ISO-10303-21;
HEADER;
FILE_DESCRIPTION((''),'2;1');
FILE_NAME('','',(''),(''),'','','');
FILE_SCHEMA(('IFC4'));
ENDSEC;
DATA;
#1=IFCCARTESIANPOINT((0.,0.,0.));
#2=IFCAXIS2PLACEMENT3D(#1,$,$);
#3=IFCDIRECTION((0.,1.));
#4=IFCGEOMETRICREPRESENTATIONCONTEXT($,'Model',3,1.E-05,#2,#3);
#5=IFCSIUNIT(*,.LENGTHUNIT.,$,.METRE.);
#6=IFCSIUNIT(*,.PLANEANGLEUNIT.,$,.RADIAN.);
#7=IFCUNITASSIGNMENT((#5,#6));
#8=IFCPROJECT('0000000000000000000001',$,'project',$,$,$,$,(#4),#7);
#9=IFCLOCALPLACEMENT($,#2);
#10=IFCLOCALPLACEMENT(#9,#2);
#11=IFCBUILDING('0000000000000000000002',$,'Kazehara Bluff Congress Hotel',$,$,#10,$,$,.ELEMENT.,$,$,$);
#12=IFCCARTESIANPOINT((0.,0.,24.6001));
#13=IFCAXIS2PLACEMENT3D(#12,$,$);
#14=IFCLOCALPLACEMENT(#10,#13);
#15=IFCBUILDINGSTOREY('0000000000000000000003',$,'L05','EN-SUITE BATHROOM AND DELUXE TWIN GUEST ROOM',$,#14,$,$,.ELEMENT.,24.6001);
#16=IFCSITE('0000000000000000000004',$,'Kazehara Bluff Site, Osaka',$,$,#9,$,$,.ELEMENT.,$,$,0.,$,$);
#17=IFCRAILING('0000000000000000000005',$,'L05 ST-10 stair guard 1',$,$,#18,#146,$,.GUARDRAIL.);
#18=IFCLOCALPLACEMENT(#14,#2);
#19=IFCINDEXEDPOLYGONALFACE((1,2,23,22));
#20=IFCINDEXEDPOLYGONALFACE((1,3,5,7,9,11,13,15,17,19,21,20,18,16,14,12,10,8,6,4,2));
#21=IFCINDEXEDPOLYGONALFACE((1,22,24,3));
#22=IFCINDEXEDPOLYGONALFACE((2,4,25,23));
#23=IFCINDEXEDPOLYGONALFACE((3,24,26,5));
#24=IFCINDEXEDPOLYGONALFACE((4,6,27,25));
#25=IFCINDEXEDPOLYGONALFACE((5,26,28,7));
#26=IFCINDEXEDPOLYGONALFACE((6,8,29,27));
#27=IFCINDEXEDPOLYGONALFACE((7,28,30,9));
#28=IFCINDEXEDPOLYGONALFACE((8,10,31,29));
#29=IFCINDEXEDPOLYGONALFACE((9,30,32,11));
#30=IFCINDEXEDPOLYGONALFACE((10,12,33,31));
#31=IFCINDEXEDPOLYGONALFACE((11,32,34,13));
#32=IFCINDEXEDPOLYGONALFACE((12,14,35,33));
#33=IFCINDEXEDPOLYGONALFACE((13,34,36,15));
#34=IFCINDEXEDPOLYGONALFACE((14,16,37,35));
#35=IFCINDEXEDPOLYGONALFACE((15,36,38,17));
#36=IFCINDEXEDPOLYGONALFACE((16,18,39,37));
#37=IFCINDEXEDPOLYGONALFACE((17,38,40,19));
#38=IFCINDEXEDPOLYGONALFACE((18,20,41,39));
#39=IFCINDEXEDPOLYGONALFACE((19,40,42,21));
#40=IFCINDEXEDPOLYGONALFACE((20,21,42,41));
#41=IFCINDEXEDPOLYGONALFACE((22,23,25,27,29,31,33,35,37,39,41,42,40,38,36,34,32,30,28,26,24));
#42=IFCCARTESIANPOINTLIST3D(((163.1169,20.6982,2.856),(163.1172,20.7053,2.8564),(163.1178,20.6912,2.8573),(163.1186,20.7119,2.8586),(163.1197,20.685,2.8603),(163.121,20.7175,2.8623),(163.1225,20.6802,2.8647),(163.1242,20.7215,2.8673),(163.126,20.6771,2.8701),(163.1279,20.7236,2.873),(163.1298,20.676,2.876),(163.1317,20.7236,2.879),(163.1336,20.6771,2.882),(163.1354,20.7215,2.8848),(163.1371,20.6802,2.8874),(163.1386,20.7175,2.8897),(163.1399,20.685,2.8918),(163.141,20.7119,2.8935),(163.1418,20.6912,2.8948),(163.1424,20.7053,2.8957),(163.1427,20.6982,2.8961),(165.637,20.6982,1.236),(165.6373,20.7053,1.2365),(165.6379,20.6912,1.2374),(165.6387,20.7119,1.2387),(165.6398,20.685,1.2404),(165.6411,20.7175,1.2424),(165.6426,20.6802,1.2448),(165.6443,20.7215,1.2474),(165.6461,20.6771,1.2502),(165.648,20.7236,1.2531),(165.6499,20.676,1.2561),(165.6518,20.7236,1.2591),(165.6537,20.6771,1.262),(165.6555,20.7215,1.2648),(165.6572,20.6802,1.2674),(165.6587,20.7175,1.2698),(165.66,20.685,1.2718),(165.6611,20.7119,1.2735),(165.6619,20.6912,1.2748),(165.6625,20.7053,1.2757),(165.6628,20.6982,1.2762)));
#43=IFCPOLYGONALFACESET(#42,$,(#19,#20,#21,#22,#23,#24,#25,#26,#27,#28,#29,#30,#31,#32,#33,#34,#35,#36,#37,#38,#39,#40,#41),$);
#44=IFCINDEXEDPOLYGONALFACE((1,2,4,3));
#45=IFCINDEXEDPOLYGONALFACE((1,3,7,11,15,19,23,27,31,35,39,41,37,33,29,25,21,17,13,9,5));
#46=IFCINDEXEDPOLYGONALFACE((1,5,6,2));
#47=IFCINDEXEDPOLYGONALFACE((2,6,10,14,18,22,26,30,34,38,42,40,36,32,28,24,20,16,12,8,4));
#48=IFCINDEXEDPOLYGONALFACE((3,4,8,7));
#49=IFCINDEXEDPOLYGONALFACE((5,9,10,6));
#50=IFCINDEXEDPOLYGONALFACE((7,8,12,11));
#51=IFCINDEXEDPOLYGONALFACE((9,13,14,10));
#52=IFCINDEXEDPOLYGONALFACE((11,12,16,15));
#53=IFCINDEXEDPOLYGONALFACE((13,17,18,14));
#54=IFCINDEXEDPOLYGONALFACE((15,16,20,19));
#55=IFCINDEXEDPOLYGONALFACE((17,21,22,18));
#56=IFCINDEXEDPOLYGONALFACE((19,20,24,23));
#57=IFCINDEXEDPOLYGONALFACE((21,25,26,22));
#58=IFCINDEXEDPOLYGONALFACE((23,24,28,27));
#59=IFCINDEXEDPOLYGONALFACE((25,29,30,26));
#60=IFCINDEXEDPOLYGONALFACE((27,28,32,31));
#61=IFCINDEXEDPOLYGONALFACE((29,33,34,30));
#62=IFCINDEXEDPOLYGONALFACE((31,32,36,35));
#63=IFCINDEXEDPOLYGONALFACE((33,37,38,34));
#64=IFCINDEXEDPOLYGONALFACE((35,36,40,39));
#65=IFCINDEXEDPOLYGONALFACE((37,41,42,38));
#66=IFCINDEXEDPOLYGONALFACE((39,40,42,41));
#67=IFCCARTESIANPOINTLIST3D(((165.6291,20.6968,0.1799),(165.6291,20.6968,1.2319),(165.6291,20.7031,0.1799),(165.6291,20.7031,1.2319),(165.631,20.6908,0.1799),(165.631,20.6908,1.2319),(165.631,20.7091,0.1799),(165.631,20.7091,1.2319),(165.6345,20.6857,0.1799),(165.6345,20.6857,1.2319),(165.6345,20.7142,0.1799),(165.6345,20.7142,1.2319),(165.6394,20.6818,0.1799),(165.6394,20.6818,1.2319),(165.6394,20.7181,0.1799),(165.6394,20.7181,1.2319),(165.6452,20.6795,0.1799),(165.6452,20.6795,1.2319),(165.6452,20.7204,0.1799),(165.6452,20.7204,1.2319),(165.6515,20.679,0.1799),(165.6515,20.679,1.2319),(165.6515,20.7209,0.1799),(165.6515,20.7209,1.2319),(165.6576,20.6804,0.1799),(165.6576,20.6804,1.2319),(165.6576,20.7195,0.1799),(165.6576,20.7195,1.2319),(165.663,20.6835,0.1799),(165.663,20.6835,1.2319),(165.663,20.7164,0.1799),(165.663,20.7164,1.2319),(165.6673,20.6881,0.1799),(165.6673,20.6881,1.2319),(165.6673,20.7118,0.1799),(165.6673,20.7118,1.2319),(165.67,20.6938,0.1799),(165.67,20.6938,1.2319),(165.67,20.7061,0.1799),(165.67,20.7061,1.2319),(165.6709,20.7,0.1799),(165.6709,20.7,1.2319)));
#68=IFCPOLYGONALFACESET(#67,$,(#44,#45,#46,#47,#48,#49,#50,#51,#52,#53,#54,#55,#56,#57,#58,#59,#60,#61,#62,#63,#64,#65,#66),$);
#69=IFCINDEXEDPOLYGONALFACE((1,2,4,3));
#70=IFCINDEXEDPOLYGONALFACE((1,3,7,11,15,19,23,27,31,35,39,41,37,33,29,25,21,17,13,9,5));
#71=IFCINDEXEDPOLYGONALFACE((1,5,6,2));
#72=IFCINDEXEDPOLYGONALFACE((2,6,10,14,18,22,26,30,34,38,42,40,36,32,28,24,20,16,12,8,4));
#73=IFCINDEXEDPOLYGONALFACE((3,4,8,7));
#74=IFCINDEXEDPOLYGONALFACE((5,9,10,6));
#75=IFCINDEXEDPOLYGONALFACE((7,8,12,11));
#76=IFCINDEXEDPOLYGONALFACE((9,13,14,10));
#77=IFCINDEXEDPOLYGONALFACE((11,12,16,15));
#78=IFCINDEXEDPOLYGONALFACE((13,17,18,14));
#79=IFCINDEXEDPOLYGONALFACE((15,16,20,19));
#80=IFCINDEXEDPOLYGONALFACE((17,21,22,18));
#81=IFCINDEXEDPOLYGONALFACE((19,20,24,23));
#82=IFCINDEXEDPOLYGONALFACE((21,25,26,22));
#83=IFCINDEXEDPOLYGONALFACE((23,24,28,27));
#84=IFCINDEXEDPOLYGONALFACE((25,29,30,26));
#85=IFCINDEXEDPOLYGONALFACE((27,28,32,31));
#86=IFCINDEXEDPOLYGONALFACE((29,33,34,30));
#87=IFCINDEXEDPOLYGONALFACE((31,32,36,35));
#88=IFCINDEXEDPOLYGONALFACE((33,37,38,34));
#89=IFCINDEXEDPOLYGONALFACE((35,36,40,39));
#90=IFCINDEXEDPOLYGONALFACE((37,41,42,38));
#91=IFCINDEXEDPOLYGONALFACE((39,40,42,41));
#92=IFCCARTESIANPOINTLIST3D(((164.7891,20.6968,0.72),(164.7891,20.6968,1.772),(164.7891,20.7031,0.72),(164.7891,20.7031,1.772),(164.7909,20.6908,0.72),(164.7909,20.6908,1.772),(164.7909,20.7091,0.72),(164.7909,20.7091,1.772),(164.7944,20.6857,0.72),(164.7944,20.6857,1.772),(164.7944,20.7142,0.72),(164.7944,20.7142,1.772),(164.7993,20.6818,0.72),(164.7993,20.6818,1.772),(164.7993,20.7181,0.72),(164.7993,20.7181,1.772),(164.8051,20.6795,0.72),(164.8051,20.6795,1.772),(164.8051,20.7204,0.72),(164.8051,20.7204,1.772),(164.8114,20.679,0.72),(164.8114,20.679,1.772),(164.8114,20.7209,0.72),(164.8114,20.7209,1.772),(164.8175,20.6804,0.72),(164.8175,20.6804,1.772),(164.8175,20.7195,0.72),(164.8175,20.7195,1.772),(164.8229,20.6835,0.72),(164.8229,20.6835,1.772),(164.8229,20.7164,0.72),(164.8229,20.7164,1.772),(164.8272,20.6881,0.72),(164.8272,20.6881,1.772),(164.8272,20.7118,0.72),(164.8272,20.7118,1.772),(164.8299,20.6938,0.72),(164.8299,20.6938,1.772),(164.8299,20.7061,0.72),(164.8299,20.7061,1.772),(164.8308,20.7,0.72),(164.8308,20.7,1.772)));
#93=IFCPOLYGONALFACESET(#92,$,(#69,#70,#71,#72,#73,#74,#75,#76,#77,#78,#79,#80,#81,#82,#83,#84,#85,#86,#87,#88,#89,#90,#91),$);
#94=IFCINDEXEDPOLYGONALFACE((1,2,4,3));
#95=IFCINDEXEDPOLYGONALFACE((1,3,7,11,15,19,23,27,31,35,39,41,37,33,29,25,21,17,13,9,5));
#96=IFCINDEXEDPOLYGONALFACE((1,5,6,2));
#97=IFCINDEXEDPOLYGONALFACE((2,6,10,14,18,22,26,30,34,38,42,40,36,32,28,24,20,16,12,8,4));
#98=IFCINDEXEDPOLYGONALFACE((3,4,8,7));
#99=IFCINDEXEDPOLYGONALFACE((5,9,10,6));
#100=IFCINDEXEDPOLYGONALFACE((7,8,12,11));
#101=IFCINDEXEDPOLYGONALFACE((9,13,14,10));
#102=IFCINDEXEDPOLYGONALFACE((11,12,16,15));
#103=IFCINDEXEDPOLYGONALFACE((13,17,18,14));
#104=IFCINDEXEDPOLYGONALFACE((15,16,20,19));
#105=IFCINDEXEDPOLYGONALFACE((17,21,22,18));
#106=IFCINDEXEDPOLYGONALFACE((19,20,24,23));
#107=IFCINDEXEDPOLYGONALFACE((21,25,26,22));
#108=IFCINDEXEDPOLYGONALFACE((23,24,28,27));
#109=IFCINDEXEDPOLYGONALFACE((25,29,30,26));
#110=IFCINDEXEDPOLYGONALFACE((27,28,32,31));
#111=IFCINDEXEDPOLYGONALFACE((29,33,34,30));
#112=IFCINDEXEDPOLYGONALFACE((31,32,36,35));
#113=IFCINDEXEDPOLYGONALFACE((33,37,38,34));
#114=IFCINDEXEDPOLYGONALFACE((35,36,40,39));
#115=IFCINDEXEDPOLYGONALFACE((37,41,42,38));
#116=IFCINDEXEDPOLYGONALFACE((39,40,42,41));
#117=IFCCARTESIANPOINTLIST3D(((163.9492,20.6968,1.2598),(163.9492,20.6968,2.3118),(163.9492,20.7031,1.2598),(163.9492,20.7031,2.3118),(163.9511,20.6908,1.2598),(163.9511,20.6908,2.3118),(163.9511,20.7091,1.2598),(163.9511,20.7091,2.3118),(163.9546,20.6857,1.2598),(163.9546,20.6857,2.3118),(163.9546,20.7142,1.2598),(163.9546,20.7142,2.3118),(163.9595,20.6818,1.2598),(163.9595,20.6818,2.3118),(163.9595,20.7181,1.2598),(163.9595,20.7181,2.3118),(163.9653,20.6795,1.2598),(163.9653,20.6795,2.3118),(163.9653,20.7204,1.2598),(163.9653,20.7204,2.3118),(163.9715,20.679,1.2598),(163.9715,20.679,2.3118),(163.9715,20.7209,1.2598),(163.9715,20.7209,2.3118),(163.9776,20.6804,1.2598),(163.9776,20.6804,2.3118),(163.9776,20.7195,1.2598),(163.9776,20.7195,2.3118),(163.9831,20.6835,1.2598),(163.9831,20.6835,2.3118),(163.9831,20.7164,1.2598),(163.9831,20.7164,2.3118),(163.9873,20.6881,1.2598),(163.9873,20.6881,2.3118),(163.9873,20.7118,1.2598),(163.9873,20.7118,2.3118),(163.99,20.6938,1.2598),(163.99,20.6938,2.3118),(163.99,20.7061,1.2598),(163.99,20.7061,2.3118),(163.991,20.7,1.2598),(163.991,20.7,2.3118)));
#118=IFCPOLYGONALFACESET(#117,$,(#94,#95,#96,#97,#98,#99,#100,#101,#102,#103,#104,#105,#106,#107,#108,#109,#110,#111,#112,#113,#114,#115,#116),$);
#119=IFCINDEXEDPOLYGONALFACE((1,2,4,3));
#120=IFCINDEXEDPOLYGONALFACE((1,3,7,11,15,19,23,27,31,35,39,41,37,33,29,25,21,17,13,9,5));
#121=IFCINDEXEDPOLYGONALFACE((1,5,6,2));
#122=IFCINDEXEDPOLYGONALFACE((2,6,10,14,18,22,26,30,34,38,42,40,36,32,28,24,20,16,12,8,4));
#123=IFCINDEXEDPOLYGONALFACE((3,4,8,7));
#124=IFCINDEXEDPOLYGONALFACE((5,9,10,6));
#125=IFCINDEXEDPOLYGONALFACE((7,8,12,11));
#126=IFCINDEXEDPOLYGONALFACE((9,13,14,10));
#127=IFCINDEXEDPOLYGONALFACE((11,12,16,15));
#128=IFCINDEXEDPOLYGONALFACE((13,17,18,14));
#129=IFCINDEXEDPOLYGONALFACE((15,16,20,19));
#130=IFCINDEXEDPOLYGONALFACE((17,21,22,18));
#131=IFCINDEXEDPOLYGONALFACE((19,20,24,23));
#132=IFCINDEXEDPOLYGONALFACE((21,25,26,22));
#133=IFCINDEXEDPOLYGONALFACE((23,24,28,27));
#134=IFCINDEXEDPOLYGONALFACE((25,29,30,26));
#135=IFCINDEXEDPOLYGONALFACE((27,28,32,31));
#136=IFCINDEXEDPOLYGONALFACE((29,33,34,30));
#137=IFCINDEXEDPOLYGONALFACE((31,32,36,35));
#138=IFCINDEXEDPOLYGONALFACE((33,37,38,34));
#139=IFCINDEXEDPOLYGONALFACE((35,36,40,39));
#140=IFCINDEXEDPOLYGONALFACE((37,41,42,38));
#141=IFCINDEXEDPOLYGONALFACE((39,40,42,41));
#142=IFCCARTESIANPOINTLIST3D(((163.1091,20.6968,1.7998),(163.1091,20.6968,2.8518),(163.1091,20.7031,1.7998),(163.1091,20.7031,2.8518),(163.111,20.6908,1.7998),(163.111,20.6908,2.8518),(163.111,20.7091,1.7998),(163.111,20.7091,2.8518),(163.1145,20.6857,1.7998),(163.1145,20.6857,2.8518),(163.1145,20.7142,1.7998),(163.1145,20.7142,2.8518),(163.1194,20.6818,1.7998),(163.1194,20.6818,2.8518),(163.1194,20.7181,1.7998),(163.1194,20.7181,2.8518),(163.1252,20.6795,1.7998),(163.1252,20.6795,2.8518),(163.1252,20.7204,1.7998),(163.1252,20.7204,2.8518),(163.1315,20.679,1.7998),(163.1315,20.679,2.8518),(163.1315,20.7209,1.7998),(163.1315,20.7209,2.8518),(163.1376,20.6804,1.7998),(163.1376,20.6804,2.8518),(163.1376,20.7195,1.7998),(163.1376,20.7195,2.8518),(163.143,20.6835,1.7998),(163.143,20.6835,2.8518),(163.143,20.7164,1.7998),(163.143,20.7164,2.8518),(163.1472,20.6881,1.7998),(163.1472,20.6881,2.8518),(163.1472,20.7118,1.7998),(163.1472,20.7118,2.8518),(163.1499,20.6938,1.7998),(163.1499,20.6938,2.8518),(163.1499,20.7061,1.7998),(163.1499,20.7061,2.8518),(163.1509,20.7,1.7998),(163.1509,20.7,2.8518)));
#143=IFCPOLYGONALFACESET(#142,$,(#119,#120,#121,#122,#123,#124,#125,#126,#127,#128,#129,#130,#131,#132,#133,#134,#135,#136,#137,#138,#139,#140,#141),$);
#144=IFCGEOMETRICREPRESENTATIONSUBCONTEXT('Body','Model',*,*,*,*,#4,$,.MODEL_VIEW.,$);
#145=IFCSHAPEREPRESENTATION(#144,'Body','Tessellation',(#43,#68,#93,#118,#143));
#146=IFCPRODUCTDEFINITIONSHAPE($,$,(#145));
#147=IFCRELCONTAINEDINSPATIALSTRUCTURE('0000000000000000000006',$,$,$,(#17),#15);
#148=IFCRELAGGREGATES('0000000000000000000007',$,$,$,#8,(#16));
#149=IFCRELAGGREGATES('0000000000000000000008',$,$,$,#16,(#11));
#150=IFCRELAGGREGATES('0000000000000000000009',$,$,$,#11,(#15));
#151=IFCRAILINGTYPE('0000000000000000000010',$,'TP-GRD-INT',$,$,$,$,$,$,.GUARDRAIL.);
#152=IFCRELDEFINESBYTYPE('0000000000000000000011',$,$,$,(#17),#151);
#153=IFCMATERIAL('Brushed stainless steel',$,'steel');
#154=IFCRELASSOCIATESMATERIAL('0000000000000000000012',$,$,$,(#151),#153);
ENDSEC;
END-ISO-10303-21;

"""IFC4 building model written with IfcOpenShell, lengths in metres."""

from ifc_helpers import new_model, si_unit, direction, frame, origin, origin_2d, place, context, subcontext, project, spatial, circle, extrude, material, type_object, element, save


model = new_model("IFC4")

# Units and contexts
model_context = context("Model", 3, precision=1e-05, world=origin(), true_north=direction((0.0, 1.0)))
body_context = subcontext(model_context, "Body", "Model", "MODEL_VIEW")
ifc_project = project(units=[si_unit("LENGTHUNIT", "METRE"), si_unit("PLANEANGLEUNIT", "RADIAN")], contexts=[model_context])

# Site, building, storey
site_placement = place(None, origin())
site = spatial("IfcSite", under=ifc_project, at=site_placement, Name="Kazehara Bluff Site, Osaka", CompositionType="ELEMENT", RefElevation=0.0)
building_placement = place(site_placement, origin())
building = spatial("IfcBuilding", under=site, at=building_placement, Name="Kazehara Bluff Congress Hotel", CompositionType="ELEMENT")
storey_placement = place(building_placement, frame((0.0, 0.0, 24.6001)))
storey = spatial("IfcBuildingStorey", under=building, at=storey_placement, Name="L05", Description="EN-SUITE BATHROOM AND DELUXE TWIN GUEST ROOM", CompositionType="ELEMENT", Elevation=24.6001)

# Railing
ifc_material_1 = material(Name="Brushed stainless steel", Category="steel")
railing_type_1 = type_object("IfcRailingType", Name="TP-GRD-INT", PredefinedType="GUARDRAIL", material=ifc_material_1)
railing_1_placement = place(storey_placement, frame((165.6499, 20.7, 0.1799)))
element("IfcRailing", 1, at=railing_1_placement, inside=storey, type_object=railing_type_1, Name="L05 ST-10 stair guard 1", PredefinedType="GUARDRAIL", context=body_context, shape_type="SweptSolid", body=[
    extrude(circle(Radius=0.0239, at=origin_2d()), frame((0.0, 0.0, 1.0762), z_axis=(-0.8412, 0.0, 0.540725), x_axis=(0.0, -1.0, 0.0)), (0.0, 0.0, 1.0), 2.9958),
    extrude(circle(Radius=0.021, at=origin_2d()), origin(), (0.0, 0.0, 1.0), 1.052),
    extrude(circle(Radius=0.021, at=origin_2d()), frame((-0.8401, 0.0, 0.54)), (0.0, 0.0, 1.0), 1.052),
    extrude(circle(Radius=0.021, at=origin_2d()), frame((-1.6799, 0.0, 1.0798)), (0.0, 0.0, 1.0), 1.052),
    extrude(circle(Radius=0.021, at=origin_2d()), frame((-2.52, 0.0, 1.6199)), (0.0, 0.0, 1.0), 1.052),
])

save(model, "model.ifc")
